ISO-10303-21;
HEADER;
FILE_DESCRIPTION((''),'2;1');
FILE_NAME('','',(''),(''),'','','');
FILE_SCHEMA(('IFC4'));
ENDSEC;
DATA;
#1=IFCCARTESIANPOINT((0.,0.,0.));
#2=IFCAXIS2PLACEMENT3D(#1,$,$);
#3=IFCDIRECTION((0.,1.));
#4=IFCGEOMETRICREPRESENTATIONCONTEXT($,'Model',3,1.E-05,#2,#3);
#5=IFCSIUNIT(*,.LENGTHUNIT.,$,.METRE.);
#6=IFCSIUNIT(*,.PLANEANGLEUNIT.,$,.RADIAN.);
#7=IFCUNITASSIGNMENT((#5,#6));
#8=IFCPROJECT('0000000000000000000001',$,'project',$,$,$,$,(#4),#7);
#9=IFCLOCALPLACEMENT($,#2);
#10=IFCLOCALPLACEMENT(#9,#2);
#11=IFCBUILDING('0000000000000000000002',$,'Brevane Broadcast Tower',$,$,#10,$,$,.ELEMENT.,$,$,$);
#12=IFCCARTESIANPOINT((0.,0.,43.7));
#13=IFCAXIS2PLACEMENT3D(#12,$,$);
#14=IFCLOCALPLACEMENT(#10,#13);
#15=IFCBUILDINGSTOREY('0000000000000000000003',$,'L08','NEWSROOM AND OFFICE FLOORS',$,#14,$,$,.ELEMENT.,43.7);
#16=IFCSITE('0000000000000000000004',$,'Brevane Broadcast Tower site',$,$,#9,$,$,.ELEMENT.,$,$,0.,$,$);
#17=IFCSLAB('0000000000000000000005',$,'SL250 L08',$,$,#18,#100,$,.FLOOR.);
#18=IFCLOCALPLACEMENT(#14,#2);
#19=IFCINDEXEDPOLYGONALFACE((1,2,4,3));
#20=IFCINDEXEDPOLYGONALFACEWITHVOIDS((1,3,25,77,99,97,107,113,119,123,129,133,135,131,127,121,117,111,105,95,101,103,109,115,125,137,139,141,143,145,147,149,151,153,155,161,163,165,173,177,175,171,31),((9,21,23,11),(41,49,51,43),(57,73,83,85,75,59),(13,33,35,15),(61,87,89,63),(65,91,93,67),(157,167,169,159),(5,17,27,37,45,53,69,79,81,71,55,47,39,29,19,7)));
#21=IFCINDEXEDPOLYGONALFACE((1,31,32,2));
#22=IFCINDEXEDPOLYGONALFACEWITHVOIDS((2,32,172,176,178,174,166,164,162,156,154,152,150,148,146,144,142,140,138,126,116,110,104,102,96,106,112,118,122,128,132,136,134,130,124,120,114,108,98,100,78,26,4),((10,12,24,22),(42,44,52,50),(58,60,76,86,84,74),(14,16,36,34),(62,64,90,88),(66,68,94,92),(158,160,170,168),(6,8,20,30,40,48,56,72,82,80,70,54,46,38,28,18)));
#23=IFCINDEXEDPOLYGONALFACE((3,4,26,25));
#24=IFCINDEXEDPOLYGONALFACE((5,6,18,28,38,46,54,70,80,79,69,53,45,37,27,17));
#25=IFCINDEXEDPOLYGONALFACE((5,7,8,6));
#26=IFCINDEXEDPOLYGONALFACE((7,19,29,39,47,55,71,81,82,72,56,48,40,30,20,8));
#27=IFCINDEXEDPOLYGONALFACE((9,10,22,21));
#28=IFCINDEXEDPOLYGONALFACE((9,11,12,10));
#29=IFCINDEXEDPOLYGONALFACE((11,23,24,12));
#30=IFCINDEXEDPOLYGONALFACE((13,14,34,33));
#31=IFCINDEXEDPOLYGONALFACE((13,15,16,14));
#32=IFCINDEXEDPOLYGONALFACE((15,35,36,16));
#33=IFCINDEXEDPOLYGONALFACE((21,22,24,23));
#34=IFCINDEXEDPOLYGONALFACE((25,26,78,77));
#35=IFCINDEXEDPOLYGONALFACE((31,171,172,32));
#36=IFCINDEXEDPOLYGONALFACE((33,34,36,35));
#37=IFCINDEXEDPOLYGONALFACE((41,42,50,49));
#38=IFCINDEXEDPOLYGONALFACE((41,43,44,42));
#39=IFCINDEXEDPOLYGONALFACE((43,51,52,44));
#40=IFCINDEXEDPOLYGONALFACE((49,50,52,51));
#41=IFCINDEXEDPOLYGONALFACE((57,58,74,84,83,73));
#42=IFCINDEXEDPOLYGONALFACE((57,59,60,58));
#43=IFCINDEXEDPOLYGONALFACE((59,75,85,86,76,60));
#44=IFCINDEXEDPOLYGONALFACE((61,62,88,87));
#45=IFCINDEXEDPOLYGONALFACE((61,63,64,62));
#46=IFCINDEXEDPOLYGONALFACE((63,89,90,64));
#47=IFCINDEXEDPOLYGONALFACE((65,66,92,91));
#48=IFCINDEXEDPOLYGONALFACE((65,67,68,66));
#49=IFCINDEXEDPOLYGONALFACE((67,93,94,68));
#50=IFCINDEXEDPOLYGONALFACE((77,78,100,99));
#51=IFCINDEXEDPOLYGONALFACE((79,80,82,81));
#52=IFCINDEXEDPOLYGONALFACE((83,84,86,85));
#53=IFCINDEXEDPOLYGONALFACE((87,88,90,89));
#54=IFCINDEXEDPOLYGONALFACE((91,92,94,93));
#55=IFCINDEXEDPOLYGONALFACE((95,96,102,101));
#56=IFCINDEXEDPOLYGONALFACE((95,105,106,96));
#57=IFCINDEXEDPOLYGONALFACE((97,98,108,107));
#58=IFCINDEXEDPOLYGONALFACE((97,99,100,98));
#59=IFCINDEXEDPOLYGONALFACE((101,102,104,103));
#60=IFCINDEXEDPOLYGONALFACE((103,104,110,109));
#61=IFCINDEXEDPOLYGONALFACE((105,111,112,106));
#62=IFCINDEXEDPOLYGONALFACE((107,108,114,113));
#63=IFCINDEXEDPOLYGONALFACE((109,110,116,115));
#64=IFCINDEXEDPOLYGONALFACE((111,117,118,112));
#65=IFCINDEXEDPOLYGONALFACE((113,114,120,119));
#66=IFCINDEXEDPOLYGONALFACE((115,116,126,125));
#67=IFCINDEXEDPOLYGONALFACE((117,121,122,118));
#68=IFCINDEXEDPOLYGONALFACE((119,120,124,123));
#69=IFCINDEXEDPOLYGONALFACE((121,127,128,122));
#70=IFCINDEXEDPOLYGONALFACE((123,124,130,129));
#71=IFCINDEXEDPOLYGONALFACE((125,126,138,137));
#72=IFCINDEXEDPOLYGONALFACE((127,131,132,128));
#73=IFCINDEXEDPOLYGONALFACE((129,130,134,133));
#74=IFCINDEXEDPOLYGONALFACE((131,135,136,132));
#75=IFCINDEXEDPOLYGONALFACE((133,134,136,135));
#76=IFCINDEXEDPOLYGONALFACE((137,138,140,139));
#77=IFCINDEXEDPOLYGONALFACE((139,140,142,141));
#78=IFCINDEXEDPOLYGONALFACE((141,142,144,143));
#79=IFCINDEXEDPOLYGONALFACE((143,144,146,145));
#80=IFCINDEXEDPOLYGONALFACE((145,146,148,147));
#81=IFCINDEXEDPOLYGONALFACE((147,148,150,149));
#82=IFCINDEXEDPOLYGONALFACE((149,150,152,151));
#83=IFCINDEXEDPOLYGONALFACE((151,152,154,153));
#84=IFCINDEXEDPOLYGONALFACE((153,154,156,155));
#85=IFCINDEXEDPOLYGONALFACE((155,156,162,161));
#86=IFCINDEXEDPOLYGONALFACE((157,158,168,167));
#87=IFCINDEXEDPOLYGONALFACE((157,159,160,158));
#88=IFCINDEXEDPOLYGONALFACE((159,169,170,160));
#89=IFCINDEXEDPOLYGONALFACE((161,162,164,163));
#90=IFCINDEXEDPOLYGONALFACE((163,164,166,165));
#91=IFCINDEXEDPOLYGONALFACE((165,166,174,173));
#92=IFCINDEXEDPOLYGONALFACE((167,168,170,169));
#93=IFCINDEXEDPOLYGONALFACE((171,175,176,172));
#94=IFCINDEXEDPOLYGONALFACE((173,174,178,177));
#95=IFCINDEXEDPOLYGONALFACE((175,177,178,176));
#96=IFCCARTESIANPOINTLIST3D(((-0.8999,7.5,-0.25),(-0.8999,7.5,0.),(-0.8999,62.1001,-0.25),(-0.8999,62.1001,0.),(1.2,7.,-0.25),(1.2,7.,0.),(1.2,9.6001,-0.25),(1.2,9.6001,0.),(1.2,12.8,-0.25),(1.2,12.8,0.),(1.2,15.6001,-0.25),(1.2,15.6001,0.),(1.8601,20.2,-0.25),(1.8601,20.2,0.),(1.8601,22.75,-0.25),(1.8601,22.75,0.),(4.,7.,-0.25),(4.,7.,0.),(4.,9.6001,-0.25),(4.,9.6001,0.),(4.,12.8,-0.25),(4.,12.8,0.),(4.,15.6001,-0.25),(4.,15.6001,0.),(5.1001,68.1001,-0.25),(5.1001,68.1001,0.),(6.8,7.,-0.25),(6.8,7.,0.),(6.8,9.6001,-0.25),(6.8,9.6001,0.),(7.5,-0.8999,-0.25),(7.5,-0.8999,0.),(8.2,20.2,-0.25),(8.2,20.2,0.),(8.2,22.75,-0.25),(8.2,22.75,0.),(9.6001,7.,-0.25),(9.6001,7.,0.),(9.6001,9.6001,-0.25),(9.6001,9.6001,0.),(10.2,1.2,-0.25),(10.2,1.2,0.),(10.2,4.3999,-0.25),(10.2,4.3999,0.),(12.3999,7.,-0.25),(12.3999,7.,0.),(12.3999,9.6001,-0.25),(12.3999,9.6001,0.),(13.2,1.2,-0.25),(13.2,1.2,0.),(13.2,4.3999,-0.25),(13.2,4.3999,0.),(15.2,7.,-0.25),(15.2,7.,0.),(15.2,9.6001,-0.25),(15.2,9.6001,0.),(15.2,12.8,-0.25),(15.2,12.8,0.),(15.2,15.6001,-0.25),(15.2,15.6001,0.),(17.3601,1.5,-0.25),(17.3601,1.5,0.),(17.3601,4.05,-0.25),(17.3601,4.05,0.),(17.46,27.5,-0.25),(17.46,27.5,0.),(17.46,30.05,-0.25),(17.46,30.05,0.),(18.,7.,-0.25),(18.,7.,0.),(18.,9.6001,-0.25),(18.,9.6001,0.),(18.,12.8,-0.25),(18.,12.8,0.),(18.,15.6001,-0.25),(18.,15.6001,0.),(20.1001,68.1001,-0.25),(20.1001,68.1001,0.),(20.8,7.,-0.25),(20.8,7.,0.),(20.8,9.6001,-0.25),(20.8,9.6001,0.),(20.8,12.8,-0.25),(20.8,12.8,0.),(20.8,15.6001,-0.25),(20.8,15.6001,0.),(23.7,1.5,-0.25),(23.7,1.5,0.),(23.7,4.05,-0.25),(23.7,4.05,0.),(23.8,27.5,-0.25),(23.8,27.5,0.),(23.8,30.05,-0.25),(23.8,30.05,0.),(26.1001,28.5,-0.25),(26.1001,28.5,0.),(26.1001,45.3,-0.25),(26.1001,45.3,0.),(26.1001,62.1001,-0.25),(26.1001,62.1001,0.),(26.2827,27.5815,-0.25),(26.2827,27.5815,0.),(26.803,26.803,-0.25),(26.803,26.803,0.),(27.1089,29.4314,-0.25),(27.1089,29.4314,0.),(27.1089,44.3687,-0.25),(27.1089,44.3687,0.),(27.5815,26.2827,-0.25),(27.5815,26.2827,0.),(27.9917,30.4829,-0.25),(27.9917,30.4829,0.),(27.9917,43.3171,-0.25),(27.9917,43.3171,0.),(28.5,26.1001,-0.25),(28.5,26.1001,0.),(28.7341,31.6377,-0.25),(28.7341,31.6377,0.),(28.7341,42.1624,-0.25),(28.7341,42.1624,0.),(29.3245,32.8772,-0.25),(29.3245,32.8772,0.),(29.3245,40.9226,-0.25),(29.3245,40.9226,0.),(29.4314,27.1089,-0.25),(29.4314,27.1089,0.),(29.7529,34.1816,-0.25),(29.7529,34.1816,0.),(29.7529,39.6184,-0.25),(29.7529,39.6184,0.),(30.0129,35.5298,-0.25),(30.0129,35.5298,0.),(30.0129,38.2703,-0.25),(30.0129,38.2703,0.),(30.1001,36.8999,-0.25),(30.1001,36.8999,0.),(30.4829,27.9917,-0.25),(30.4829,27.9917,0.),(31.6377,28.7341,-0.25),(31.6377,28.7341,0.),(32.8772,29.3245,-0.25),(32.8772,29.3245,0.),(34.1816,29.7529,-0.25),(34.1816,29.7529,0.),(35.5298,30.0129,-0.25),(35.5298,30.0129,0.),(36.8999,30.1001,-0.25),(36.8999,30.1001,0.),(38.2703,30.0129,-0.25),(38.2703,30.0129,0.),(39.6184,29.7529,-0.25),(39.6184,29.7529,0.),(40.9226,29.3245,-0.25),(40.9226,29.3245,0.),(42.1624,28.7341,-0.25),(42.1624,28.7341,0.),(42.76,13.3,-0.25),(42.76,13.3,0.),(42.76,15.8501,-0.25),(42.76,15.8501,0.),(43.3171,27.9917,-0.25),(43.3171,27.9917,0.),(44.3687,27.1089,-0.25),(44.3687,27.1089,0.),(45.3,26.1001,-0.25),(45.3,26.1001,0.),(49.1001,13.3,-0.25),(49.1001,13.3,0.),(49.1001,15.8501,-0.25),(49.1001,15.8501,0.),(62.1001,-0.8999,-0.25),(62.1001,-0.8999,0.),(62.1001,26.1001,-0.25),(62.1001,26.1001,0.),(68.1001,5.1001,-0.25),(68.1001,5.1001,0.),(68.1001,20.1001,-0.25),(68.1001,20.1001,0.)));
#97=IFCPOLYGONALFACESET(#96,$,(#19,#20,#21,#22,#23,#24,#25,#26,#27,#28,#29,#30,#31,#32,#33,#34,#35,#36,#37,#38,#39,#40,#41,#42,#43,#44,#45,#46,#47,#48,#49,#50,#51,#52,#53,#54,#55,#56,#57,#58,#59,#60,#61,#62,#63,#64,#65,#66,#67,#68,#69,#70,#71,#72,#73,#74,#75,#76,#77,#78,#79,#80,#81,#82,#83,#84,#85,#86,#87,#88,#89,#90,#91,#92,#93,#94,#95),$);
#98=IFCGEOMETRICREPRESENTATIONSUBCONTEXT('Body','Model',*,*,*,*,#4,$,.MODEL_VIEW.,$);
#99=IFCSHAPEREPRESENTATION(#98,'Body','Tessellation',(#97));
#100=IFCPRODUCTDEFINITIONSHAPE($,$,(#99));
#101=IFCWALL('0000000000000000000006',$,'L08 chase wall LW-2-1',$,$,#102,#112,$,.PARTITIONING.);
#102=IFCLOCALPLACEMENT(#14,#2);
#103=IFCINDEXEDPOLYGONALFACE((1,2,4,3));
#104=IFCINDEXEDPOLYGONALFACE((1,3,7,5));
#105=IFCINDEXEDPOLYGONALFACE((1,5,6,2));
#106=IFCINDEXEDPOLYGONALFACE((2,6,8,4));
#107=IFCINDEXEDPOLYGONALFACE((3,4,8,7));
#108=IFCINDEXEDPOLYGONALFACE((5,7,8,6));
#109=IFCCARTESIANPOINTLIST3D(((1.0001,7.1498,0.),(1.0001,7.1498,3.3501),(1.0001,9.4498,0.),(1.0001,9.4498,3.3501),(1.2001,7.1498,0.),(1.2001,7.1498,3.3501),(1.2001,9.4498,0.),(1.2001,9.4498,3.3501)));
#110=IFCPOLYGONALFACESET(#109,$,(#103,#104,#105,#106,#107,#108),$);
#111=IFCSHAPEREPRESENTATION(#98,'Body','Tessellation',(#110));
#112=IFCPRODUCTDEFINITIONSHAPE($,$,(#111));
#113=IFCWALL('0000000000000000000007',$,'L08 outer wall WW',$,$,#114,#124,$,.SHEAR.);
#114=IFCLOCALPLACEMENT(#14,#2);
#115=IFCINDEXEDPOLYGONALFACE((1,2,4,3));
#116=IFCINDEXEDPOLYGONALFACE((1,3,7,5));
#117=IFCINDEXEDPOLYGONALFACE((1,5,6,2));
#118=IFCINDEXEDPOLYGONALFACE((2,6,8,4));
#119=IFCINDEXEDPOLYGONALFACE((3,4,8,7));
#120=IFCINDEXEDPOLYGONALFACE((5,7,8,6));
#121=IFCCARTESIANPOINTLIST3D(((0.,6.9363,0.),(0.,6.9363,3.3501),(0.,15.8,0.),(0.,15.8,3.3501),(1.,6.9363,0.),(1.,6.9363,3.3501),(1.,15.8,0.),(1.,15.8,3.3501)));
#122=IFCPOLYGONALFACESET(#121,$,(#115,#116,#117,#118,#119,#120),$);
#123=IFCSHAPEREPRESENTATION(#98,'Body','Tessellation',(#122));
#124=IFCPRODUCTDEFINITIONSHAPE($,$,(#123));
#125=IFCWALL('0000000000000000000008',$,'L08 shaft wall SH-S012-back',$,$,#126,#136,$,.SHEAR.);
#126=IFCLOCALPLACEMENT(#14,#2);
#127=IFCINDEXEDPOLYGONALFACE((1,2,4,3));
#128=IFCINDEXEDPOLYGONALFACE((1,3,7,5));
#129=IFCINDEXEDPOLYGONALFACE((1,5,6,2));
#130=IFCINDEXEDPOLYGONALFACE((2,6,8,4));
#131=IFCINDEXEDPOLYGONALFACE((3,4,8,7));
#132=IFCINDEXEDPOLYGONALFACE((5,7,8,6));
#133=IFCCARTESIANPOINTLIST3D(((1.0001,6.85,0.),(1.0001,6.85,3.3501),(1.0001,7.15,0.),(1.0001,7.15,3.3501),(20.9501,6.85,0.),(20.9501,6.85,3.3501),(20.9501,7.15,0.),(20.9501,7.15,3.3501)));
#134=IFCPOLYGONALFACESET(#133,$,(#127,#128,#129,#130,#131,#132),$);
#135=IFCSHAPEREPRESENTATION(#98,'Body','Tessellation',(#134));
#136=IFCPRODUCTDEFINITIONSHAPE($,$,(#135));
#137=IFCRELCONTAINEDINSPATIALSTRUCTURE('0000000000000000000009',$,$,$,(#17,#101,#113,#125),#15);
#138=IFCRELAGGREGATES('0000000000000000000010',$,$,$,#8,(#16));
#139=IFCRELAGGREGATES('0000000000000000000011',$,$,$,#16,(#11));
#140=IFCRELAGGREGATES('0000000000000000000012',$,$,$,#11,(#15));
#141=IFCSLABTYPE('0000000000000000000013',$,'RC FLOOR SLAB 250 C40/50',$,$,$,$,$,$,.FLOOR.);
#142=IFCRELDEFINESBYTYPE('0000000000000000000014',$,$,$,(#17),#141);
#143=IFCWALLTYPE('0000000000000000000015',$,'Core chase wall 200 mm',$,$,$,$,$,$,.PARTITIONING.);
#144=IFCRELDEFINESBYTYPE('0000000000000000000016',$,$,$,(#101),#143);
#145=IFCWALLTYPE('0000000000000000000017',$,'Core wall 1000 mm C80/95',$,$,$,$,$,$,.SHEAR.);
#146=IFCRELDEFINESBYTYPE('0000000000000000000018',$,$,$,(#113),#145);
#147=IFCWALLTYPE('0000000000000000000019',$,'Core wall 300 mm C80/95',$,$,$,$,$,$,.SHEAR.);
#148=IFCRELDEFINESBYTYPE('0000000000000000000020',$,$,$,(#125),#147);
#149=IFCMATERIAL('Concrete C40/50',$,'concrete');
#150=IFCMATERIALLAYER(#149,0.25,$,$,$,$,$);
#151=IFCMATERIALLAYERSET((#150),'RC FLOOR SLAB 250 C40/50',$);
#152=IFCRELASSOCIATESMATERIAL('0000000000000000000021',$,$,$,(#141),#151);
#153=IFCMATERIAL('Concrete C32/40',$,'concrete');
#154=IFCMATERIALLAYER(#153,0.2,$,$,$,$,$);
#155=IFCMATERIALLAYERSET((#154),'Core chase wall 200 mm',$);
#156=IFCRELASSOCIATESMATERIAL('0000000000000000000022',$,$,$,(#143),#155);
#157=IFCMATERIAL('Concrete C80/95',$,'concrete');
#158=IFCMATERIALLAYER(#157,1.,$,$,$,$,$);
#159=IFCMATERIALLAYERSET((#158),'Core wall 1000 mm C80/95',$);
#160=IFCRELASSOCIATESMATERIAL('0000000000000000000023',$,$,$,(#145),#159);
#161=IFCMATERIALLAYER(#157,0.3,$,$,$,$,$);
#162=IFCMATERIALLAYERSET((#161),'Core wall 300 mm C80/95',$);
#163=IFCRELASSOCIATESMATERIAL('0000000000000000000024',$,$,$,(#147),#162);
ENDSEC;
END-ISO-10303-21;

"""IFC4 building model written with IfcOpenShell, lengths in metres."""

from ifc_helpers import new_model, si_unit, direction, frame, frame_2d, origin, place, context, subcontext, project, spatial, polyline, rectangle, outline, extrude, material, layer, layer_set, type_object, element, save


model = new_model("IFC4")

# Units and contexts
model_context = context("Model", 3, precision=1e-05, world=origin(), true_north=direction((0.0, 1.0)))
body_context = subcontext(model_context, "Body", "Model", "MODEL_VIEW")
ifc_project = project(units=[si_unit("LENGTHUNIT", "METRE"), si_unit("PLANEANGLEUNIT", "RADIAN")], contexts=[model_context])

# Site, building, storey
site_placement = place(None, origin())
site = spatial("IfcSite", under=ifc_project, at=site_placement, Name="Brevane Broadcast Tower site", CompositionType="ELEMENT", RefElevation=0.0)
building_placement = place(site_placement, origin())
building = spatial("IfcBuilding", under=site, at=building_placement, Name="Brevane Broadcast Tower", CompositionType="ELEMENT")
storey_placement = place(building_placement, frame((0.0, 0.0, 43.7)))
storey = spatial("IfcBuildingStorey", under=building, at=storey_placement, Name="L08", Description="NEWSROOM AND OFFICE FLOORS", CompositionType="ELEMENT", Elevation=43.7)

# Slab
ifc_material_1 = material(Name="Concrete C40/50", Category="concrete")
ifc_layer_1 = layer(ifc_material_1, 0.25)
ifc_layer_set_1 = layer_set([ifc_layer_1], Name="RC FLOOR SLAB 250 C40/50")
slab_type_1 = type_object("IfcSlabType", Name="RC FLOOR SLAB 250 C40/50", PredefinedType="FLOOR", material=ifc_layer_set_1)
slab_1_placement = place(storey_placement, frame((0.0, 0.0, -0.25)))
element("IfcSlab", 1, at=slab_1_placement, inside=storey, type_object=slab_type_1, Name="SL250 L08", PredefinedType="FLOOR", context=body_context, shape_type="SweptSolid", body=[
    extrude(outline(polyline([(-0.8999, 7.5), (-0.8999, 62.1001), (5.1001, 68.1001), (20.1001, 68.1001), (26.1001, 62.1001), (26.1001, 45.3), (27.1089, 44.3687), (27.9917, 43.3171), (28.7341, 42.1624), (29.3245, 40.9226), (29.7529, 39.6184), (30.0129, 38.2703), (30.1001, 36.8999), (30.0129, 35.5298), (29.7529, 34.1816), (29.3245, 32.8772), (28.7341, 31.6377), (27.9917, 30.4829), (27.1089, 29.4314), (26.1001, 28.5), (26.2827, 27.5815), (26.803, 26.803), (27.5815, 26.2827), (28.5, 26.1001), (29.4314, 27.1089), (30.4829, 27.9917), (31.6377, 28.7341), (32.8772, 29.3245), (34.1816, 29.7529), (35.5298, 30.0129), (36.8999, 30.1001), (38.2703, 30.0129), (39.6184, 29.7529), (40.9226, 29.3245), (42.1624, 28.7341), (43.3171, 27.9917), (44.3687, 27.1089), (45.3, 26.1001), (62.1001, 26.1001), (68.1001, 20.1001), (68.1001, 5.1001), (62.1001, -0.8999), (7.5, -0.8999), (-0.8999, 7.5)]), holes=[polyline([(13.2, 4.3999), (10.2, 4.3999), (10.2, 1.2), (13.2, 1.2), (13.2, 4.3999)]), polyline([(4.0, 9.6001), (1.2, 9.6001), (1.2, 7.0), (4.0, 7.0), (6.8, 7.0), (9.6001, 7.0), (12.3999, 7.0), (15.2, 7.0), (18.0, 7.0), (20.8, 7.0), (20.8, 9.6001), (18.0, 9.6001), (15.2, 9.6001), (12.3999, 9.6001), (9.6001, 9.6001), (6.8, 9.6001), (4.0, 9.6001)]), polyline([(4.0, 12.8), (4.0, 15.6001), (1.2, 15.6001), (1.2, 12.8), (4.0, 12.8)]), polyline([(8.2, 22.75), (1.8601, 22.75), (1.8601, 20.2), (8.2, 20.2), (8.2, 22.75)]), polyline([(23.7, 4.05), (17.3601, 4.05), (17.3601, 1.5), (23.7, 1.5), (23.7, 4.05)]), polyline([(18.0, 15.6001), (15.2, 15.6001), (15.2, 12.8), (18.0, 12.8), (20.8, 12.8), (20.8, 15.6001), (18.0, 15.6001)]), polyline([(49.1001, 15.8501), (42.76, 15.8501), (42.76, 13.3), (49.1001, 13.3), (49.1001, 15.8501)]), polyline([(23.8, 30.05), (17.46, 30.05), (17.46, 27.5), (23.8, 27.5), (23.8, 30.05)])]), origin(), (0.0, 0.0, 1.0), 0.25),
])

# Walls
ifc_material_2 = material(Name="Concrete C32/40", Category="concrete")
ifc_layer_2 = layer(ifc_material_2, 0.2)
ifc_layer_set_2 = layer_set([ifc_layer_2], Name="Core chase wall 200 mm")
wall_type_1 = type_object("IfcWallType", Name="Core chase wall 200 mm", PredefinedType="PARTITIONING", material=ifc_layer_set_2)
wall_1_placement = place(storey_placement, frame((1.1001, 7.1499, 0.0), z_axis=(0.0, 0.0, 1.0), x_axis=(0.0, 1.0, 0.0)))
element("IfcWall", 2, at=wall_1_placement, inside=storey, type_object=wall_type_1, Name="L08 chase wall LW-2-1", PredefinedType="PARTITIONING", context=body_context, shape_type="SweptSolid", body=[
    extrude(rectangle(XDim=2.3, YDim=0.2, at=frame_2d((1.1499, 0.0))), origin(), (0.0, 0.0, 1.0), 3.3501),
])
ifc_material_3 = material(Name="Concrete C80/95", Category="concrete")
ifc_layer_3 = layer(ifc_material_3, 1.0)
ifc_layer_set_3 = layer_set([ifc_layer_3], Name="Core wall 1000 mm C80/95")
wall_type_2 = type_object("IfcWallType", Name="Core wall 1000 mm C80/95", PredefinedType="SHEAR", material=ifc_layer_set_3)
wall_2_placement = place(storey_placement, frame((0.5, 6.9363, 0.0), z_axis=(0.0, 0.0, 1.0), x_axis=(0.0, 1.0, 0.0)))
element("IfcWall", 3, at=wall_2_placement, inside=storey, type_object=wall_type_2, Name="L08 outer wall WW", PredefinedType="SHEAR", context=body_context, shape_type="SweptSolid", body=[
    extrude(rectangle(XDim=8.8638, YDim=1.0, at=frame_2d((4.4319, 0.0))), origin(), (0.0, 0.0, 1.0), 3.3501),
])
ifc_layer_4 = layer(ifc_material_3, 0.3)
ifc_layer_set_4 = layer_set([ifc_layer_4], Name="Core wall 300 mm C80/95")
wall_type_3 = type_object("IfcWallType", Name="Core wall 300 mm C80/95", PredefinedType="SHEAR", material=ifc_layer_set_4)
wall_3_placement = place(storey_placement, frame((1.0, 7.0, 0.0), z_axis=(0.0, 0.0, 1.0), x_axis=(1.0, 0.0, 0.0)))
element("IfcWall", 4, at=wall_3_placement, inside=storey, type_object=wall_type_3, Name="L08 shaft wall SH-S012-back", PredefinedType="SHEAR", context=body_context, shape_type="SweptSolid", body=[
    extrude(rectangle(XDim=19.95, YDim=0.3, at=frame_2d((9.9751, 0.0))), origin(), (0.0, 0.0, 1.0), 3.3501),
])

save(model, "model.ifc")
